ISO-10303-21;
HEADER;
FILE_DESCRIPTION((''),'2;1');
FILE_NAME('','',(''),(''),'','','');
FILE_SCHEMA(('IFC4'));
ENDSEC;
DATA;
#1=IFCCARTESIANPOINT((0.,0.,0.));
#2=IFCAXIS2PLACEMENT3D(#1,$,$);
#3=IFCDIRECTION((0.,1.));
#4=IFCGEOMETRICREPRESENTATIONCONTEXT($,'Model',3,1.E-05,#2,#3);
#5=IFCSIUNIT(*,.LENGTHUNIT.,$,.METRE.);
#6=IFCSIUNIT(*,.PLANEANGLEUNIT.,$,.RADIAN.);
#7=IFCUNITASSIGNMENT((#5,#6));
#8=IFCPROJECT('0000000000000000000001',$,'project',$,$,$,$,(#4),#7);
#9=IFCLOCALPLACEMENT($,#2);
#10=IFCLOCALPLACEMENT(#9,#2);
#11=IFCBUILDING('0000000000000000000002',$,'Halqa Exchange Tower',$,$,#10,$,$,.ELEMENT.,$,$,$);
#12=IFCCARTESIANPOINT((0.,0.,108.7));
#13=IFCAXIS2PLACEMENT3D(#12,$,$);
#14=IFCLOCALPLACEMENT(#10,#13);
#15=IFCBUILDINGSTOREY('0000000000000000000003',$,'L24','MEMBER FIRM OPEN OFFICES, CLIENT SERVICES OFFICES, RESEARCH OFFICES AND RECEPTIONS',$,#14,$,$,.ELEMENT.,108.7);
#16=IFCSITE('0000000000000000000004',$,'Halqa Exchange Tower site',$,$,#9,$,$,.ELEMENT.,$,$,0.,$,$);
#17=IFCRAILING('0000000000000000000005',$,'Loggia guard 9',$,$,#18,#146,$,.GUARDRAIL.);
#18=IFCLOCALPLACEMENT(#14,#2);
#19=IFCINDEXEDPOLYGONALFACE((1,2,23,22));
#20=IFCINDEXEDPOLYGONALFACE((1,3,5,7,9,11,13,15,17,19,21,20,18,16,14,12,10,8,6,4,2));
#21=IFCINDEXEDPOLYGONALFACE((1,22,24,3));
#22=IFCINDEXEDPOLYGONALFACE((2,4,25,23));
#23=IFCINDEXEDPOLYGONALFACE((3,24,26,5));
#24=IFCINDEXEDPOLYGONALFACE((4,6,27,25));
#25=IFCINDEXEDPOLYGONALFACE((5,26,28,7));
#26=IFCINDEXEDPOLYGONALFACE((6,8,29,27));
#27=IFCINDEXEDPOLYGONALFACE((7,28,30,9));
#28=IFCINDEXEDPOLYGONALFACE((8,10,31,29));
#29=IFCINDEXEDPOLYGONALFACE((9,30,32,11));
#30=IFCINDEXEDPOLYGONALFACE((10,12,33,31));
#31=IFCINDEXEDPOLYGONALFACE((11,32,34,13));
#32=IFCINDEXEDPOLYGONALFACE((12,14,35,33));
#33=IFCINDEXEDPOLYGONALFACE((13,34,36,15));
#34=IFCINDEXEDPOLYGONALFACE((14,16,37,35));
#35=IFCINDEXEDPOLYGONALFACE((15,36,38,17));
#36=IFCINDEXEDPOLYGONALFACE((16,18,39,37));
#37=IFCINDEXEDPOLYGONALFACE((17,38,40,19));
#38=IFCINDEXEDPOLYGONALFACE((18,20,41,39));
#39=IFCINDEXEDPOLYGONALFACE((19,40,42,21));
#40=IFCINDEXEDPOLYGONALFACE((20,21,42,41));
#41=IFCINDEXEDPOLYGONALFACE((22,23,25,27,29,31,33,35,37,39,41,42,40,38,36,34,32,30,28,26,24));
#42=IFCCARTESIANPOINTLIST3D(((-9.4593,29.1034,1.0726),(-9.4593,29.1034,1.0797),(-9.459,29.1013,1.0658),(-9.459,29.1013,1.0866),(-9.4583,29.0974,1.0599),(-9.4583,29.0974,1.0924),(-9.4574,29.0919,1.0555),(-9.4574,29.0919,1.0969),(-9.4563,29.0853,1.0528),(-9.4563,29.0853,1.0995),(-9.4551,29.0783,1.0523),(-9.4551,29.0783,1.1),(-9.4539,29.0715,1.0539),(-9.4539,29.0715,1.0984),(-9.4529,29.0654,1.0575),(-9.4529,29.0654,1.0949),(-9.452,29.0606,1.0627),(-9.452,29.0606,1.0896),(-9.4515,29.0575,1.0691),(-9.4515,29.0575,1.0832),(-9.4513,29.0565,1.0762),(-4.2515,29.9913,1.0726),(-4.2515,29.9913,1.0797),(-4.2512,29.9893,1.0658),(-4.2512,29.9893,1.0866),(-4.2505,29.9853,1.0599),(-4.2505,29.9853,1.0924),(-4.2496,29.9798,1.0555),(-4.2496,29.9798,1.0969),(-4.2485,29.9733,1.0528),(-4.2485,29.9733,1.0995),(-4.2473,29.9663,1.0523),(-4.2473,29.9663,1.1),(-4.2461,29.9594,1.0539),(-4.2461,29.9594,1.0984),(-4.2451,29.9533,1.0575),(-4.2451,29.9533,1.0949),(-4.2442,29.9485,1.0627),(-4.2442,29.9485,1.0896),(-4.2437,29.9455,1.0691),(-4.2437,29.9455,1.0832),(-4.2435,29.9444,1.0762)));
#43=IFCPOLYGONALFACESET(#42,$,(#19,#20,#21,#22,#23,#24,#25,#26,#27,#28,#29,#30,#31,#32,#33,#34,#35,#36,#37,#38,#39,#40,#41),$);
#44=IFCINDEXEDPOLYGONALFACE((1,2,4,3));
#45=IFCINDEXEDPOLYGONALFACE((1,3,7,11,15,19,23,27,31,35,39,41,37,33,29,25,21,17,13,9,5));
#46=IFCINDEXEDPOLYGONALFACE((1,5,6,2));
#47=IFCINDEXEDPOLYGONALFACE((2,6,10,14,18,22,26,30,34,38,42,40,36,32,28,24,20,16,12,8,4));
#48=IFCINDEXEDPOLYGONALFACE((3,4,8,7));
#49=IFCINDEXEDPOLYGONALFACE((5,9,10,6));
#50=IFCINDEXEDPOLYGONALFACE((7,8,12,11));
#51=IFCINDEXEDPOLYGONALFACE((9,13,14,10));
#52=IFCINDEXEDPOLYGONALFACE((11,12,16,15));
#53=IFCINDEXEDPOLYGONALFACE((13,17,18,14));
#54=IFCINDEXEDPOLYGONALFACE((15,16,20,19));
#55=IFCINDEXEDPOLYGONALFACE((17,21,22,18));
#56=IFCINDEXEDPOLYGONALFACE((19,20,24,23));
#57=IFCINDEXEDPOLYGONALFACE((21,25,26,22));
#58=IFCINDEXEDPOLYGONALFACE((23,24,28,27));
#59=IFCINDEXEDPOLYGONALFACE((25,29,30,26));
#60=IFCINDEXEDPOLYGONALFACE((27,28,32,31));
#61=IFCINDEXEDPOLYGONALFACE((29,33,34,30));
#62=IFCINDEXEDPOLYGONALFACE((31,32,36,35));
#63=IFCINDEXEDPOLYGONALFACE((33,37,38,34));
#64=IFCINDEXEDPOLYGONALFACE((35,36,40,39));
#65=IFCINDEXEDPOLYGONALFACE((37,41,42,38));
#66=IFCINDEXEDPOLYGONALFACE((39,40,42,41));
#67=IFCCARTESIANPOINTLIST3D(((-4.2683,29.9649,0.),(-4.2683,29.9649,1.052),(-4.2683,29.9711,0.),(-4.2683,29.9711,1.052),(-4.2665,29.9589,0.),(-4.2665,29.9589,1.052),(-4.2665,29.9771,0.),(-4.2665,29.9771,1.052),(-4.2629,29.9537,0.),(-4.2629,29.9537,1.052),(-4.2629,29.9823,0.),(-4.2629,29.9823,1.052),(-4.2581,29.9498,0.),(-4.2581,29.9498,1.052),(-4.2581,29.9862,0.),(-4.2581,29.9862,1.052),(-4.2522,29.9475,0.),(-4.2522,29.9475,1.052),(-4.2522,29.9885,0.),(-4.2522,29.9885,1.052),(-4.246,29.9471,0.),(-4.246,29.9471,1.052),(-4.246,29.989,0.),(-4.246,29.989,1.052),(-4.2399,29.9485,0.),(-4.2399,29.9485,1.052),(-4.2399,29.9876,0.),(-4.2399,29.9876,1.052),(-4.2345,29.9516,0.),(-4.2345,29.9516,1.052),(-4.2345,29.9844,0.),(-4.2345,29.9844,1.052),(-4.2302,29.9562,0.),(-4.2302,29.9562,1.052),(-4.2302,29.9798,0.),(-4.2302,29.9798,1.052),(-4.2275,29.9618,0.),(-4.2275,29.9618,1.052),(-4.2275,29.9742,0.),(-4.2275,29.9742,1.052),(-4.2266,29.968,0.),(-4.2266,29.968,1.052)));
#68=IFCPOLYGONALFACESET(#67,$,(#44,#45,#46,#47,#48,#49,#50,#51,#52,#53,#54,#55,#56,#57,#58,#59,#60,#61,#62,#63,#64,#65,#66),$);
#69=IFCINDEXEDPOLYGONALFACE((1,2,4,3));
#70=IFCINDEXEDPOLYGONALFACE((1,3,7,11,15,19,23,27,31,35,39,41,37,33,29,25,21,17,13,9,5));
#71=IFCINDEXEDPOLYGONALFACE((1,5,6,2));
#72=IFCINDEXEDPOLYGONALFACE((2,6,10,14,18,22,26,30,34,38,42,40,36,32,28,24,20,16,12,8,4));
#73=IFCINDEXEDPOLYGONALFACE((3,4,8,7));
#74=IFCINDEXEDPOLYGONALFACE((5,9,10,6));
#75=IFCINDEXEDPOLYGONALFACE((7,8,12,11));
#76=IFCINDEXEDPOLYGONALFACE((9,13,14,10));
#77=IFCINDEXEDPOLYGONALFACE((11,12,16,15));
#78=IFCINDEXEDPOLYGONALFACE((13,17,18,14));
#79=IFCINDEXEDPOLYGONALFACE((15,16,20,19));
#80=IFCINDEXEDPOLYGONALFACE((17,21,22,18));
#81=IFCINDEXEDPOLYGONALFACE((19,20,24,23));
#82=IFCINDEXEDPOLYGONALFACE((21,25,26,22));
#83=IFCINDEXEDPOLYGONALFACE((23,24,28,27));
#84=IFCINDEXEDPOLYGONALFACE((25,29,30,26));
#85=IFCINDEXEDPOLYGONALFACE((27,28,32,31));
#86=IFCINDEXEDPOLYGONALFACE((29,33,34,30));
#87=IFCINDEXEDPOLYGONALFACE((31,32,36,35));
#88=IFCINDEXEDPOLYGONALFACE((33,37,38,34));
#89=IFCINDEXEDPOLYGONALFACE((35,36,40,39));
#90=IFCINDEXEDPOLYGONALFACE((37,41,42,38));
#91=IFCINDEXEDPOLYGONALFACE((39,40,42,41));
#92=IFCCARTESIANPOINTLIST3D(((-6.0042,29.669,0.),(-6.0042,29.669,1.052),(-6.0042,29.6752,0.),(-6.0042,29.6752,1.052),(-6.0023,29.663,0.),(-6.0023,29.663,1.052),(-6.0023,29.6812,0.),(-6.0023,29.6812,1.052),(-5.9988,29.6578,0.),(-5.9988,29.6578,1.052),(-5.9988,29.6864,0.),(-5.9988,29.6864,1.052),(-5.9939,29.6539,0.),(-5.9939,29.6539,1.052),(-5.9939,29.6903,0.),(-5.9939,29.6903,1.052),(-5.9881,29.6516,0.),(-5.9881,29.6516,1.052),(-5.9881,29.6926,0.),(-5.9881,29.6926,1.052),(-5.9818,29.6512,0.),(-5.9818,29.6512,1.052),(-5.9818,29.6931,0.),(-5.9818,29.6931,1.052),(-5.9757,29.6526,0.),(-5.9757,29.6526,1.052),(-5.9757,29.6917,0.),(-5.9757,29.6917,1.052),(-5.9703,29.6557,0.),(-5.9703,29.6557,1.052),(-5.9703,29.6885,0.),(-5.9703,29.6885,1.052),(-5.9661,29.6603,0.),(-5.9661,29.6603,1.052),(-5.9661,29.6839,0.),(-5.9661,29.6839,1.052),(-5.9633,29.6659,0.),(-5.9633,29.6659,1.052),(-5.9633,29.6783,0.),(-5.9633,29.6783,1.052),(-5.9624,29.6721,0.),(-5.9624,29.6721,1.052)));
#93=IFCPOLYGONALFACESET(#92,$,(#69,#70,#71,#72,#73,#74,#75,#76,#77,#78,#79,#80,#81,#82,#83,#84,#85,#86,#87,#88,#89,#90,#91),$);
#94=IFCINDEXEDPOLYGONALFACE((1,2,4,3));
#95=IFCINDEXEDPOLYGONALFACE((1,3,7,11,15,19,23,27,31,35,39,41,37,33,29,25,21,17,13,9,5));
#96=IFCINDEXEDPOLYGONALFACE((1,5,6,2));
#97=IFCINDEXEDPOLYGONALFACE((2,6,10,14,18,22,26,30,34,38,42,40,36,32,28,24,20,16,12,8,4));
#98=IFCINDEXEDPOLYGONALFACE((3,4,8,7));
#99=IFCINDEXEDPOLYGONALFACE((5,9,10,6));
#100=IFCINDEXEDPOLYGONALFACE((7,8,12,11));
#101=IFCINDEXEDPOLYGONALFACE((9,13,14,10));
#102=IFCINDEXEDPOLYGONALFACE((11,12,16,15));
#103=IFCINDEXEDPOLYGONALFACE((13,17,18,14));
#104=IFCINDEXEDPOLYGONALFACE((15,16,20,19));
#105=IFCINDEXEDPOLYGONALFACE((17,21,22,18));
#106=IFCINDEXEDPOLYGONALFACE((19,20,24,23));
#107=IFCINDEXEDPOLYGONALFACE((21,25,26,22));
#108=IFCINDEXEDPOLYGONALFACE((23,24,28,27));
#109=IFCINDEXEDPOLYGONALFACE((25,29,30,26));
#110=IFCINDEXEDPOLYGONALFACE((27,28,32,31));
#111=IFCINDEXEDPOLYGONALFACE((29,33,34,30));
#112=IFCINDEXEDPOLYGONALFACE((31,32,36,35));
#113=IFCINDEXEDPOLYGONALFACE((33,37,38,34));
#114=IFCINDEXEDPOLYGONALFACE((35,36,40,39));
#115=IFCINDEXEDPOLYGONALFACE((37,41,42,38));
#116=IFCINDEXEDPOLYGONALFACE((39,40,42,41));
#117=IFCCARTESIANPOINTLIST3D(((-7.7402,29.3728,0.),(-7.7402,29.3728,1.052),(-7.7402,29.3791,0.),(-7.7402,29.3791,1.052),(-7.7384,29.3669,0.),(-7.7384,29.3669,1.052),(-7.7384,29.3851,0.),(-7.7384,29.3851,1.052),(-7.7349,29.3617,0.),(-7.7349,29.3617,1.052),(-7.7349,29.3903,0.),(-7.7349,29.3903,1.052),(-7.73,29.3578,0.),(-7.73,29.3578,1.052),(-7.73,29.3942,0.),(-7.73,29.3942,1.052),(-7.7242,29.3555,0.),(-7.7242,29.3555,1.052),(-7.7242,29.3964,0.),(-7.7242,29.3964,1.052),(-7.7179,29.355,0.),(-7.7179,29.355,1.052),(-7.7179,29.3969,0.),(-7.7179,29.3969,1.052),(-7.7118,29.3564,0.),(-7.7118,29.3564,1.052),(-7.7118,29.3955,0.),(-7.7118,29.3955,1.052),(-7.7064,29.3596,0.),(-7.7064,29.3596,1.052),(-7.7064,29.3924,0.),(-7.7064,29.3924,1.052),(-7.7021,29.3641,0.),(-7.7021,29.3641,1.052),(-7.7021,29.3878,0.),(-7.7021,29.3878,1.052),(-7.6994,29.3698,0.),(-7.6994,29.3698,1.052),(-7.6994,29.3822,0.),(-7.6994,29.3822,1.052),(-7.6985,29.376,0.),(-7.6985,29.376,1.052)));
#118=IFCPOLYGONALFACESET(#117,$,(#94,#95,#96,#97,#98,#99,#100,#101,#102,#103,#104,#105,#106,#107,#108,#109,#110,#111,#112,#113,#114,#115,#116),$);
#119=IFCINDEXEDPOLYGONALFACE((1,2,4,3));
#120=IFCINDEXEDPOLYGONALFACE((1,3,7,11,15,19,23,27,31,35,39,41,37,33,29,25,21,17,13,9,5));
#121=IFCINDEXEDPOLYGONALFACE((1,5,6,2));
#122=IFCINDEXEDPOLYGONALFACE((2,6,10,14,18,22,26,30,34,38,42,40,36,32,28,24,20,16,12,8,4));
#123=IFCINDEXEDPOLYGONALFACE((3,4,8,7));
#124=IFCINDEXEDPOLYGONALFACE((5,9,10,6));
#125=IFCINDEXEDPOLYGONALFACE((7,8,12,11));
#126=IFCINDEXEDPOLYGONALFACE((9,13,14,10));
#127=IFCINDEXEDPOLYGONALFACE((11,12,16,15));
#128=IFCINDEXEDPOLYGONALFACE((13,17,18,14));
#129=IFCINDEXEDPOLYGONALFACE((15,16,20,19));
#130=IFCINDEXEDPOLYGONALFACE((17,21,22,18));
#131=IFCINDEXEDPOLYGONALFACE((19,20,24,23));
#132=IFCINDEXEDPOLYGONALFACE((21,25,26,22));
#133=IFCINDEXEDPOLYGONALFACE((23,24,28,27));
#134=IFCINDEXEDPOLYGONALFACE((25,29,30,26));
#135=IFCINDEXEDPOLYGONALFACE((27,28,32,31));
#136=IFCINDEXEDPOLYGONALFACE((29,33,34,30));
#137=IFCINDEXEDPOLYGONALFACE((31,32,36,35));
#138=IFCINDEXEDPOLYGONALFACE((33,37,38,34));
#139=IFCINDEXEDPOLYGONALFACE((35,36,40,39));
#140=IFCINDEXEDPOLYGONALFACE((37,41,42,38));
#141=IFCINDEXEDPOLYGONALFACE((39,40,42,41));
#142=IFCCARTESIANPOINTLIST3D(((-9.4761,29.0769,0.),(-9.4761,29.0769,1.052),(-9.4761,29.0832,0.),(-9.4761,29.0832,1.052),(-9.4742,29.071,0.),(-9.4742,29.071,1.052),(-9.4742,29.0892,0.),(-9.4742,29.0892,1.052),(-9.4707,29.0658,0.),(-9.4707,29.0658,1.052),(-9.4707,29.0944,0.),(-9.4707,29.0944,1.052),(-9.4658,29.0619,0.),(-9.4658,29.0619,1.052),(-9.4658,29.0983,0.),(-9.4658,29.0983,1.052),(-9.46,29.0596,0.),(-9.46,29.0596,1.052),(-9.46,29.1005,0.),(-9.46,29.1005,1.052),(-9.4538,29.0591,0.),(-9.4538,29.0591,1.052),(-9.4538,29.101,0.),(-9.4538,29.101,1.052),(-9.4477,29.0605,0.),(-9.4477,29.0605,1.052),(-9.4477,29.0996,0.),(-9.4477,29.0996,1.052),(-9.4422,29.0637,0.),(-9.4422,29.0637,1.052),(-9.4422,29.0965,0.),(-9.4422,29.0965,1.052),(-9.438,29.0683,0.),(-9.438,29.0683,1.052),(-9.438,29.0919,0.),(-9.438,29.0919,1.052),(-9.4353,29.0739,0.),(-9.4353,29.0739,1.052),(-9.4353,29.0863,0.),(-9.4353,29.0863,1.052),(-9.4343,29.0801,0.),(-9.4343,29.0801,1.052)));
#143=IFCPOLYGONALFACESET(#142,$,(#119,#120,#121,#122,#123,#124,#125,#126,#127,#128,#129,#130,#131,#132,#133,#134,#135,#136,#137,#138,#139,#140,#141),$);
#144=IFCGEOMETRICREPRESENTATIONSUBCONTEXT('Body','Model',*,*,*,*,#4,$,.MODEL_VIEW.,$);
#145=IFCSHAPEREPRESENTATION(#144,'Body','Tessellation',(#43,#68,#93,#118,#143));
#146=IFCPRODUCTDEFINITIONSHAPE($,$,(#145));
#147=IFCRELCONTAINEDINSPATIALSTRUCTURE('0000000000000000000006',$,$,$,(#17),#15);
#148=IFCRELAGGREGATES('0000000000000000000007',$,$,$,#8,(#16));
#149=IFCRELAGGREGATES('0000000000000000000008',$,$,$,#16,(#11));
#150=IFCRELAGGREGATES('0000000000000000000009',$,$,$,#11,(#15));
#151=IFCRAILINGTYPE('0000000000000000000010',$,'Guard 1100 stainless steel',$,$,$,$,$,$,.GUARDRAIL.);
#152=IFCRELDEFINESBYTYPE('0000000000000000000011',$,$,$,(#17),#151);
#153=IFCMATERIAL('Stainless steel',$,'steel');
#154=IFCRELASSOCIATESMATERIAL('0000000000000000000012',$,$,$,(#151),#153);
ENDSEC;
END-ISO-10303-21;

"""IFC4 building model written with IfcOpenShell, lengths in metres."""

from ifc_helpers import new_model, si_unit, direction, frame, origin, origin_2d, place, context, subcontext, project, spatial, circle, extrude, material, type_object, element, save


model = new_model("IFC4")

# Units and contexts
model_context = context("Model", 3, precision=1e-05, world=origin(), true_north=direction((0.0, 1.0)))
body_context = subcontext(model_context, "Body", "Model", "MODEL_VIEW")
ifc_project = project(units=[si_unit("LENGTHUNIT", "METRE"), si_unit("PLANEANGLEUNIT", "RADIAN")], contexts=[model_context])

# Site, building, storey
site_placement = place(None, origin())
site = spatial("IfcSite", under=ifc_project, at=site_placement, Name="Halqa Exchange Tower site", CompositionType="ELEMENT", RefElevation=0.0)
building_placement = place(site_placement, origin())
building = spatial("IfcBuilding", under=site, at=building_placement, Name="Halqa Exchange Tower", CompositionType="ELEMENT")
storey_placement = place(building_placement, frame((0.0, 0.0, 108.7)))
storey = spatial("IfcBuildingStorey", under=building, at=storey_placement, Name="L24", Description="MEMBER FIRM OPEN OFFICES, CLIENT SERVICES OFFICES, RESEARCH OFFICES AND RECEPTIONS", CompositionType="ELEMENT", Elevation=108.7)

# Railing
ifc_material_1 = material(Name="Stainless steel", Category="steel")
railing_type_1 = type_object("IfcRailingType", Name="Guard 1100 stainless steel", PredefinedType="GUARDRAIL", material=ifc_material_1)
railing_1_placement = place(storey_placement, frame((-4.2476, 29.968, 0.0)))
element("IfcRailing", 1, at=railing_1_placement, inside=storey, type_object=railing_type_1, Name="Loggia guard 9", PredefinedType="GUARDRAIL", context=body_context, shape_type="SweptSolid", body=[
    extrude(circle(Radius=0.0239, at=origin_2d()), frame((0.0, 0.0, 1.0762), z_axis=(-0.985774, -0.168077, 0.0), x_axis=(0.168077, -0.985774, 0.0)), (0.0, 0.0, 1.0), 5.283),
    extrude(circle(Radius=0.021, at=origin_2d()), origin(), (0.0, 0.0, 1.0), 1.052),
    extrude(circle(Radius=0.021, at=origin_2d()), frame((-1.7358, -0.2959, 0.0)), (0.0, 0.0, 1.0), 1.052),
    extrude(circle(Radius=0.021, at=origin_2d()), frame((-3.4719, -0.592, 0.0)), (0.0, 0.0, 1.0), 1.052),
    extrude(circle(Radius=0.021, at=origin_2d()), frame((-5.2078, -0.8879, 0.0)), (0.0, 0.0, 1.0), 1.052),
])

save(model, "model.ifc")
